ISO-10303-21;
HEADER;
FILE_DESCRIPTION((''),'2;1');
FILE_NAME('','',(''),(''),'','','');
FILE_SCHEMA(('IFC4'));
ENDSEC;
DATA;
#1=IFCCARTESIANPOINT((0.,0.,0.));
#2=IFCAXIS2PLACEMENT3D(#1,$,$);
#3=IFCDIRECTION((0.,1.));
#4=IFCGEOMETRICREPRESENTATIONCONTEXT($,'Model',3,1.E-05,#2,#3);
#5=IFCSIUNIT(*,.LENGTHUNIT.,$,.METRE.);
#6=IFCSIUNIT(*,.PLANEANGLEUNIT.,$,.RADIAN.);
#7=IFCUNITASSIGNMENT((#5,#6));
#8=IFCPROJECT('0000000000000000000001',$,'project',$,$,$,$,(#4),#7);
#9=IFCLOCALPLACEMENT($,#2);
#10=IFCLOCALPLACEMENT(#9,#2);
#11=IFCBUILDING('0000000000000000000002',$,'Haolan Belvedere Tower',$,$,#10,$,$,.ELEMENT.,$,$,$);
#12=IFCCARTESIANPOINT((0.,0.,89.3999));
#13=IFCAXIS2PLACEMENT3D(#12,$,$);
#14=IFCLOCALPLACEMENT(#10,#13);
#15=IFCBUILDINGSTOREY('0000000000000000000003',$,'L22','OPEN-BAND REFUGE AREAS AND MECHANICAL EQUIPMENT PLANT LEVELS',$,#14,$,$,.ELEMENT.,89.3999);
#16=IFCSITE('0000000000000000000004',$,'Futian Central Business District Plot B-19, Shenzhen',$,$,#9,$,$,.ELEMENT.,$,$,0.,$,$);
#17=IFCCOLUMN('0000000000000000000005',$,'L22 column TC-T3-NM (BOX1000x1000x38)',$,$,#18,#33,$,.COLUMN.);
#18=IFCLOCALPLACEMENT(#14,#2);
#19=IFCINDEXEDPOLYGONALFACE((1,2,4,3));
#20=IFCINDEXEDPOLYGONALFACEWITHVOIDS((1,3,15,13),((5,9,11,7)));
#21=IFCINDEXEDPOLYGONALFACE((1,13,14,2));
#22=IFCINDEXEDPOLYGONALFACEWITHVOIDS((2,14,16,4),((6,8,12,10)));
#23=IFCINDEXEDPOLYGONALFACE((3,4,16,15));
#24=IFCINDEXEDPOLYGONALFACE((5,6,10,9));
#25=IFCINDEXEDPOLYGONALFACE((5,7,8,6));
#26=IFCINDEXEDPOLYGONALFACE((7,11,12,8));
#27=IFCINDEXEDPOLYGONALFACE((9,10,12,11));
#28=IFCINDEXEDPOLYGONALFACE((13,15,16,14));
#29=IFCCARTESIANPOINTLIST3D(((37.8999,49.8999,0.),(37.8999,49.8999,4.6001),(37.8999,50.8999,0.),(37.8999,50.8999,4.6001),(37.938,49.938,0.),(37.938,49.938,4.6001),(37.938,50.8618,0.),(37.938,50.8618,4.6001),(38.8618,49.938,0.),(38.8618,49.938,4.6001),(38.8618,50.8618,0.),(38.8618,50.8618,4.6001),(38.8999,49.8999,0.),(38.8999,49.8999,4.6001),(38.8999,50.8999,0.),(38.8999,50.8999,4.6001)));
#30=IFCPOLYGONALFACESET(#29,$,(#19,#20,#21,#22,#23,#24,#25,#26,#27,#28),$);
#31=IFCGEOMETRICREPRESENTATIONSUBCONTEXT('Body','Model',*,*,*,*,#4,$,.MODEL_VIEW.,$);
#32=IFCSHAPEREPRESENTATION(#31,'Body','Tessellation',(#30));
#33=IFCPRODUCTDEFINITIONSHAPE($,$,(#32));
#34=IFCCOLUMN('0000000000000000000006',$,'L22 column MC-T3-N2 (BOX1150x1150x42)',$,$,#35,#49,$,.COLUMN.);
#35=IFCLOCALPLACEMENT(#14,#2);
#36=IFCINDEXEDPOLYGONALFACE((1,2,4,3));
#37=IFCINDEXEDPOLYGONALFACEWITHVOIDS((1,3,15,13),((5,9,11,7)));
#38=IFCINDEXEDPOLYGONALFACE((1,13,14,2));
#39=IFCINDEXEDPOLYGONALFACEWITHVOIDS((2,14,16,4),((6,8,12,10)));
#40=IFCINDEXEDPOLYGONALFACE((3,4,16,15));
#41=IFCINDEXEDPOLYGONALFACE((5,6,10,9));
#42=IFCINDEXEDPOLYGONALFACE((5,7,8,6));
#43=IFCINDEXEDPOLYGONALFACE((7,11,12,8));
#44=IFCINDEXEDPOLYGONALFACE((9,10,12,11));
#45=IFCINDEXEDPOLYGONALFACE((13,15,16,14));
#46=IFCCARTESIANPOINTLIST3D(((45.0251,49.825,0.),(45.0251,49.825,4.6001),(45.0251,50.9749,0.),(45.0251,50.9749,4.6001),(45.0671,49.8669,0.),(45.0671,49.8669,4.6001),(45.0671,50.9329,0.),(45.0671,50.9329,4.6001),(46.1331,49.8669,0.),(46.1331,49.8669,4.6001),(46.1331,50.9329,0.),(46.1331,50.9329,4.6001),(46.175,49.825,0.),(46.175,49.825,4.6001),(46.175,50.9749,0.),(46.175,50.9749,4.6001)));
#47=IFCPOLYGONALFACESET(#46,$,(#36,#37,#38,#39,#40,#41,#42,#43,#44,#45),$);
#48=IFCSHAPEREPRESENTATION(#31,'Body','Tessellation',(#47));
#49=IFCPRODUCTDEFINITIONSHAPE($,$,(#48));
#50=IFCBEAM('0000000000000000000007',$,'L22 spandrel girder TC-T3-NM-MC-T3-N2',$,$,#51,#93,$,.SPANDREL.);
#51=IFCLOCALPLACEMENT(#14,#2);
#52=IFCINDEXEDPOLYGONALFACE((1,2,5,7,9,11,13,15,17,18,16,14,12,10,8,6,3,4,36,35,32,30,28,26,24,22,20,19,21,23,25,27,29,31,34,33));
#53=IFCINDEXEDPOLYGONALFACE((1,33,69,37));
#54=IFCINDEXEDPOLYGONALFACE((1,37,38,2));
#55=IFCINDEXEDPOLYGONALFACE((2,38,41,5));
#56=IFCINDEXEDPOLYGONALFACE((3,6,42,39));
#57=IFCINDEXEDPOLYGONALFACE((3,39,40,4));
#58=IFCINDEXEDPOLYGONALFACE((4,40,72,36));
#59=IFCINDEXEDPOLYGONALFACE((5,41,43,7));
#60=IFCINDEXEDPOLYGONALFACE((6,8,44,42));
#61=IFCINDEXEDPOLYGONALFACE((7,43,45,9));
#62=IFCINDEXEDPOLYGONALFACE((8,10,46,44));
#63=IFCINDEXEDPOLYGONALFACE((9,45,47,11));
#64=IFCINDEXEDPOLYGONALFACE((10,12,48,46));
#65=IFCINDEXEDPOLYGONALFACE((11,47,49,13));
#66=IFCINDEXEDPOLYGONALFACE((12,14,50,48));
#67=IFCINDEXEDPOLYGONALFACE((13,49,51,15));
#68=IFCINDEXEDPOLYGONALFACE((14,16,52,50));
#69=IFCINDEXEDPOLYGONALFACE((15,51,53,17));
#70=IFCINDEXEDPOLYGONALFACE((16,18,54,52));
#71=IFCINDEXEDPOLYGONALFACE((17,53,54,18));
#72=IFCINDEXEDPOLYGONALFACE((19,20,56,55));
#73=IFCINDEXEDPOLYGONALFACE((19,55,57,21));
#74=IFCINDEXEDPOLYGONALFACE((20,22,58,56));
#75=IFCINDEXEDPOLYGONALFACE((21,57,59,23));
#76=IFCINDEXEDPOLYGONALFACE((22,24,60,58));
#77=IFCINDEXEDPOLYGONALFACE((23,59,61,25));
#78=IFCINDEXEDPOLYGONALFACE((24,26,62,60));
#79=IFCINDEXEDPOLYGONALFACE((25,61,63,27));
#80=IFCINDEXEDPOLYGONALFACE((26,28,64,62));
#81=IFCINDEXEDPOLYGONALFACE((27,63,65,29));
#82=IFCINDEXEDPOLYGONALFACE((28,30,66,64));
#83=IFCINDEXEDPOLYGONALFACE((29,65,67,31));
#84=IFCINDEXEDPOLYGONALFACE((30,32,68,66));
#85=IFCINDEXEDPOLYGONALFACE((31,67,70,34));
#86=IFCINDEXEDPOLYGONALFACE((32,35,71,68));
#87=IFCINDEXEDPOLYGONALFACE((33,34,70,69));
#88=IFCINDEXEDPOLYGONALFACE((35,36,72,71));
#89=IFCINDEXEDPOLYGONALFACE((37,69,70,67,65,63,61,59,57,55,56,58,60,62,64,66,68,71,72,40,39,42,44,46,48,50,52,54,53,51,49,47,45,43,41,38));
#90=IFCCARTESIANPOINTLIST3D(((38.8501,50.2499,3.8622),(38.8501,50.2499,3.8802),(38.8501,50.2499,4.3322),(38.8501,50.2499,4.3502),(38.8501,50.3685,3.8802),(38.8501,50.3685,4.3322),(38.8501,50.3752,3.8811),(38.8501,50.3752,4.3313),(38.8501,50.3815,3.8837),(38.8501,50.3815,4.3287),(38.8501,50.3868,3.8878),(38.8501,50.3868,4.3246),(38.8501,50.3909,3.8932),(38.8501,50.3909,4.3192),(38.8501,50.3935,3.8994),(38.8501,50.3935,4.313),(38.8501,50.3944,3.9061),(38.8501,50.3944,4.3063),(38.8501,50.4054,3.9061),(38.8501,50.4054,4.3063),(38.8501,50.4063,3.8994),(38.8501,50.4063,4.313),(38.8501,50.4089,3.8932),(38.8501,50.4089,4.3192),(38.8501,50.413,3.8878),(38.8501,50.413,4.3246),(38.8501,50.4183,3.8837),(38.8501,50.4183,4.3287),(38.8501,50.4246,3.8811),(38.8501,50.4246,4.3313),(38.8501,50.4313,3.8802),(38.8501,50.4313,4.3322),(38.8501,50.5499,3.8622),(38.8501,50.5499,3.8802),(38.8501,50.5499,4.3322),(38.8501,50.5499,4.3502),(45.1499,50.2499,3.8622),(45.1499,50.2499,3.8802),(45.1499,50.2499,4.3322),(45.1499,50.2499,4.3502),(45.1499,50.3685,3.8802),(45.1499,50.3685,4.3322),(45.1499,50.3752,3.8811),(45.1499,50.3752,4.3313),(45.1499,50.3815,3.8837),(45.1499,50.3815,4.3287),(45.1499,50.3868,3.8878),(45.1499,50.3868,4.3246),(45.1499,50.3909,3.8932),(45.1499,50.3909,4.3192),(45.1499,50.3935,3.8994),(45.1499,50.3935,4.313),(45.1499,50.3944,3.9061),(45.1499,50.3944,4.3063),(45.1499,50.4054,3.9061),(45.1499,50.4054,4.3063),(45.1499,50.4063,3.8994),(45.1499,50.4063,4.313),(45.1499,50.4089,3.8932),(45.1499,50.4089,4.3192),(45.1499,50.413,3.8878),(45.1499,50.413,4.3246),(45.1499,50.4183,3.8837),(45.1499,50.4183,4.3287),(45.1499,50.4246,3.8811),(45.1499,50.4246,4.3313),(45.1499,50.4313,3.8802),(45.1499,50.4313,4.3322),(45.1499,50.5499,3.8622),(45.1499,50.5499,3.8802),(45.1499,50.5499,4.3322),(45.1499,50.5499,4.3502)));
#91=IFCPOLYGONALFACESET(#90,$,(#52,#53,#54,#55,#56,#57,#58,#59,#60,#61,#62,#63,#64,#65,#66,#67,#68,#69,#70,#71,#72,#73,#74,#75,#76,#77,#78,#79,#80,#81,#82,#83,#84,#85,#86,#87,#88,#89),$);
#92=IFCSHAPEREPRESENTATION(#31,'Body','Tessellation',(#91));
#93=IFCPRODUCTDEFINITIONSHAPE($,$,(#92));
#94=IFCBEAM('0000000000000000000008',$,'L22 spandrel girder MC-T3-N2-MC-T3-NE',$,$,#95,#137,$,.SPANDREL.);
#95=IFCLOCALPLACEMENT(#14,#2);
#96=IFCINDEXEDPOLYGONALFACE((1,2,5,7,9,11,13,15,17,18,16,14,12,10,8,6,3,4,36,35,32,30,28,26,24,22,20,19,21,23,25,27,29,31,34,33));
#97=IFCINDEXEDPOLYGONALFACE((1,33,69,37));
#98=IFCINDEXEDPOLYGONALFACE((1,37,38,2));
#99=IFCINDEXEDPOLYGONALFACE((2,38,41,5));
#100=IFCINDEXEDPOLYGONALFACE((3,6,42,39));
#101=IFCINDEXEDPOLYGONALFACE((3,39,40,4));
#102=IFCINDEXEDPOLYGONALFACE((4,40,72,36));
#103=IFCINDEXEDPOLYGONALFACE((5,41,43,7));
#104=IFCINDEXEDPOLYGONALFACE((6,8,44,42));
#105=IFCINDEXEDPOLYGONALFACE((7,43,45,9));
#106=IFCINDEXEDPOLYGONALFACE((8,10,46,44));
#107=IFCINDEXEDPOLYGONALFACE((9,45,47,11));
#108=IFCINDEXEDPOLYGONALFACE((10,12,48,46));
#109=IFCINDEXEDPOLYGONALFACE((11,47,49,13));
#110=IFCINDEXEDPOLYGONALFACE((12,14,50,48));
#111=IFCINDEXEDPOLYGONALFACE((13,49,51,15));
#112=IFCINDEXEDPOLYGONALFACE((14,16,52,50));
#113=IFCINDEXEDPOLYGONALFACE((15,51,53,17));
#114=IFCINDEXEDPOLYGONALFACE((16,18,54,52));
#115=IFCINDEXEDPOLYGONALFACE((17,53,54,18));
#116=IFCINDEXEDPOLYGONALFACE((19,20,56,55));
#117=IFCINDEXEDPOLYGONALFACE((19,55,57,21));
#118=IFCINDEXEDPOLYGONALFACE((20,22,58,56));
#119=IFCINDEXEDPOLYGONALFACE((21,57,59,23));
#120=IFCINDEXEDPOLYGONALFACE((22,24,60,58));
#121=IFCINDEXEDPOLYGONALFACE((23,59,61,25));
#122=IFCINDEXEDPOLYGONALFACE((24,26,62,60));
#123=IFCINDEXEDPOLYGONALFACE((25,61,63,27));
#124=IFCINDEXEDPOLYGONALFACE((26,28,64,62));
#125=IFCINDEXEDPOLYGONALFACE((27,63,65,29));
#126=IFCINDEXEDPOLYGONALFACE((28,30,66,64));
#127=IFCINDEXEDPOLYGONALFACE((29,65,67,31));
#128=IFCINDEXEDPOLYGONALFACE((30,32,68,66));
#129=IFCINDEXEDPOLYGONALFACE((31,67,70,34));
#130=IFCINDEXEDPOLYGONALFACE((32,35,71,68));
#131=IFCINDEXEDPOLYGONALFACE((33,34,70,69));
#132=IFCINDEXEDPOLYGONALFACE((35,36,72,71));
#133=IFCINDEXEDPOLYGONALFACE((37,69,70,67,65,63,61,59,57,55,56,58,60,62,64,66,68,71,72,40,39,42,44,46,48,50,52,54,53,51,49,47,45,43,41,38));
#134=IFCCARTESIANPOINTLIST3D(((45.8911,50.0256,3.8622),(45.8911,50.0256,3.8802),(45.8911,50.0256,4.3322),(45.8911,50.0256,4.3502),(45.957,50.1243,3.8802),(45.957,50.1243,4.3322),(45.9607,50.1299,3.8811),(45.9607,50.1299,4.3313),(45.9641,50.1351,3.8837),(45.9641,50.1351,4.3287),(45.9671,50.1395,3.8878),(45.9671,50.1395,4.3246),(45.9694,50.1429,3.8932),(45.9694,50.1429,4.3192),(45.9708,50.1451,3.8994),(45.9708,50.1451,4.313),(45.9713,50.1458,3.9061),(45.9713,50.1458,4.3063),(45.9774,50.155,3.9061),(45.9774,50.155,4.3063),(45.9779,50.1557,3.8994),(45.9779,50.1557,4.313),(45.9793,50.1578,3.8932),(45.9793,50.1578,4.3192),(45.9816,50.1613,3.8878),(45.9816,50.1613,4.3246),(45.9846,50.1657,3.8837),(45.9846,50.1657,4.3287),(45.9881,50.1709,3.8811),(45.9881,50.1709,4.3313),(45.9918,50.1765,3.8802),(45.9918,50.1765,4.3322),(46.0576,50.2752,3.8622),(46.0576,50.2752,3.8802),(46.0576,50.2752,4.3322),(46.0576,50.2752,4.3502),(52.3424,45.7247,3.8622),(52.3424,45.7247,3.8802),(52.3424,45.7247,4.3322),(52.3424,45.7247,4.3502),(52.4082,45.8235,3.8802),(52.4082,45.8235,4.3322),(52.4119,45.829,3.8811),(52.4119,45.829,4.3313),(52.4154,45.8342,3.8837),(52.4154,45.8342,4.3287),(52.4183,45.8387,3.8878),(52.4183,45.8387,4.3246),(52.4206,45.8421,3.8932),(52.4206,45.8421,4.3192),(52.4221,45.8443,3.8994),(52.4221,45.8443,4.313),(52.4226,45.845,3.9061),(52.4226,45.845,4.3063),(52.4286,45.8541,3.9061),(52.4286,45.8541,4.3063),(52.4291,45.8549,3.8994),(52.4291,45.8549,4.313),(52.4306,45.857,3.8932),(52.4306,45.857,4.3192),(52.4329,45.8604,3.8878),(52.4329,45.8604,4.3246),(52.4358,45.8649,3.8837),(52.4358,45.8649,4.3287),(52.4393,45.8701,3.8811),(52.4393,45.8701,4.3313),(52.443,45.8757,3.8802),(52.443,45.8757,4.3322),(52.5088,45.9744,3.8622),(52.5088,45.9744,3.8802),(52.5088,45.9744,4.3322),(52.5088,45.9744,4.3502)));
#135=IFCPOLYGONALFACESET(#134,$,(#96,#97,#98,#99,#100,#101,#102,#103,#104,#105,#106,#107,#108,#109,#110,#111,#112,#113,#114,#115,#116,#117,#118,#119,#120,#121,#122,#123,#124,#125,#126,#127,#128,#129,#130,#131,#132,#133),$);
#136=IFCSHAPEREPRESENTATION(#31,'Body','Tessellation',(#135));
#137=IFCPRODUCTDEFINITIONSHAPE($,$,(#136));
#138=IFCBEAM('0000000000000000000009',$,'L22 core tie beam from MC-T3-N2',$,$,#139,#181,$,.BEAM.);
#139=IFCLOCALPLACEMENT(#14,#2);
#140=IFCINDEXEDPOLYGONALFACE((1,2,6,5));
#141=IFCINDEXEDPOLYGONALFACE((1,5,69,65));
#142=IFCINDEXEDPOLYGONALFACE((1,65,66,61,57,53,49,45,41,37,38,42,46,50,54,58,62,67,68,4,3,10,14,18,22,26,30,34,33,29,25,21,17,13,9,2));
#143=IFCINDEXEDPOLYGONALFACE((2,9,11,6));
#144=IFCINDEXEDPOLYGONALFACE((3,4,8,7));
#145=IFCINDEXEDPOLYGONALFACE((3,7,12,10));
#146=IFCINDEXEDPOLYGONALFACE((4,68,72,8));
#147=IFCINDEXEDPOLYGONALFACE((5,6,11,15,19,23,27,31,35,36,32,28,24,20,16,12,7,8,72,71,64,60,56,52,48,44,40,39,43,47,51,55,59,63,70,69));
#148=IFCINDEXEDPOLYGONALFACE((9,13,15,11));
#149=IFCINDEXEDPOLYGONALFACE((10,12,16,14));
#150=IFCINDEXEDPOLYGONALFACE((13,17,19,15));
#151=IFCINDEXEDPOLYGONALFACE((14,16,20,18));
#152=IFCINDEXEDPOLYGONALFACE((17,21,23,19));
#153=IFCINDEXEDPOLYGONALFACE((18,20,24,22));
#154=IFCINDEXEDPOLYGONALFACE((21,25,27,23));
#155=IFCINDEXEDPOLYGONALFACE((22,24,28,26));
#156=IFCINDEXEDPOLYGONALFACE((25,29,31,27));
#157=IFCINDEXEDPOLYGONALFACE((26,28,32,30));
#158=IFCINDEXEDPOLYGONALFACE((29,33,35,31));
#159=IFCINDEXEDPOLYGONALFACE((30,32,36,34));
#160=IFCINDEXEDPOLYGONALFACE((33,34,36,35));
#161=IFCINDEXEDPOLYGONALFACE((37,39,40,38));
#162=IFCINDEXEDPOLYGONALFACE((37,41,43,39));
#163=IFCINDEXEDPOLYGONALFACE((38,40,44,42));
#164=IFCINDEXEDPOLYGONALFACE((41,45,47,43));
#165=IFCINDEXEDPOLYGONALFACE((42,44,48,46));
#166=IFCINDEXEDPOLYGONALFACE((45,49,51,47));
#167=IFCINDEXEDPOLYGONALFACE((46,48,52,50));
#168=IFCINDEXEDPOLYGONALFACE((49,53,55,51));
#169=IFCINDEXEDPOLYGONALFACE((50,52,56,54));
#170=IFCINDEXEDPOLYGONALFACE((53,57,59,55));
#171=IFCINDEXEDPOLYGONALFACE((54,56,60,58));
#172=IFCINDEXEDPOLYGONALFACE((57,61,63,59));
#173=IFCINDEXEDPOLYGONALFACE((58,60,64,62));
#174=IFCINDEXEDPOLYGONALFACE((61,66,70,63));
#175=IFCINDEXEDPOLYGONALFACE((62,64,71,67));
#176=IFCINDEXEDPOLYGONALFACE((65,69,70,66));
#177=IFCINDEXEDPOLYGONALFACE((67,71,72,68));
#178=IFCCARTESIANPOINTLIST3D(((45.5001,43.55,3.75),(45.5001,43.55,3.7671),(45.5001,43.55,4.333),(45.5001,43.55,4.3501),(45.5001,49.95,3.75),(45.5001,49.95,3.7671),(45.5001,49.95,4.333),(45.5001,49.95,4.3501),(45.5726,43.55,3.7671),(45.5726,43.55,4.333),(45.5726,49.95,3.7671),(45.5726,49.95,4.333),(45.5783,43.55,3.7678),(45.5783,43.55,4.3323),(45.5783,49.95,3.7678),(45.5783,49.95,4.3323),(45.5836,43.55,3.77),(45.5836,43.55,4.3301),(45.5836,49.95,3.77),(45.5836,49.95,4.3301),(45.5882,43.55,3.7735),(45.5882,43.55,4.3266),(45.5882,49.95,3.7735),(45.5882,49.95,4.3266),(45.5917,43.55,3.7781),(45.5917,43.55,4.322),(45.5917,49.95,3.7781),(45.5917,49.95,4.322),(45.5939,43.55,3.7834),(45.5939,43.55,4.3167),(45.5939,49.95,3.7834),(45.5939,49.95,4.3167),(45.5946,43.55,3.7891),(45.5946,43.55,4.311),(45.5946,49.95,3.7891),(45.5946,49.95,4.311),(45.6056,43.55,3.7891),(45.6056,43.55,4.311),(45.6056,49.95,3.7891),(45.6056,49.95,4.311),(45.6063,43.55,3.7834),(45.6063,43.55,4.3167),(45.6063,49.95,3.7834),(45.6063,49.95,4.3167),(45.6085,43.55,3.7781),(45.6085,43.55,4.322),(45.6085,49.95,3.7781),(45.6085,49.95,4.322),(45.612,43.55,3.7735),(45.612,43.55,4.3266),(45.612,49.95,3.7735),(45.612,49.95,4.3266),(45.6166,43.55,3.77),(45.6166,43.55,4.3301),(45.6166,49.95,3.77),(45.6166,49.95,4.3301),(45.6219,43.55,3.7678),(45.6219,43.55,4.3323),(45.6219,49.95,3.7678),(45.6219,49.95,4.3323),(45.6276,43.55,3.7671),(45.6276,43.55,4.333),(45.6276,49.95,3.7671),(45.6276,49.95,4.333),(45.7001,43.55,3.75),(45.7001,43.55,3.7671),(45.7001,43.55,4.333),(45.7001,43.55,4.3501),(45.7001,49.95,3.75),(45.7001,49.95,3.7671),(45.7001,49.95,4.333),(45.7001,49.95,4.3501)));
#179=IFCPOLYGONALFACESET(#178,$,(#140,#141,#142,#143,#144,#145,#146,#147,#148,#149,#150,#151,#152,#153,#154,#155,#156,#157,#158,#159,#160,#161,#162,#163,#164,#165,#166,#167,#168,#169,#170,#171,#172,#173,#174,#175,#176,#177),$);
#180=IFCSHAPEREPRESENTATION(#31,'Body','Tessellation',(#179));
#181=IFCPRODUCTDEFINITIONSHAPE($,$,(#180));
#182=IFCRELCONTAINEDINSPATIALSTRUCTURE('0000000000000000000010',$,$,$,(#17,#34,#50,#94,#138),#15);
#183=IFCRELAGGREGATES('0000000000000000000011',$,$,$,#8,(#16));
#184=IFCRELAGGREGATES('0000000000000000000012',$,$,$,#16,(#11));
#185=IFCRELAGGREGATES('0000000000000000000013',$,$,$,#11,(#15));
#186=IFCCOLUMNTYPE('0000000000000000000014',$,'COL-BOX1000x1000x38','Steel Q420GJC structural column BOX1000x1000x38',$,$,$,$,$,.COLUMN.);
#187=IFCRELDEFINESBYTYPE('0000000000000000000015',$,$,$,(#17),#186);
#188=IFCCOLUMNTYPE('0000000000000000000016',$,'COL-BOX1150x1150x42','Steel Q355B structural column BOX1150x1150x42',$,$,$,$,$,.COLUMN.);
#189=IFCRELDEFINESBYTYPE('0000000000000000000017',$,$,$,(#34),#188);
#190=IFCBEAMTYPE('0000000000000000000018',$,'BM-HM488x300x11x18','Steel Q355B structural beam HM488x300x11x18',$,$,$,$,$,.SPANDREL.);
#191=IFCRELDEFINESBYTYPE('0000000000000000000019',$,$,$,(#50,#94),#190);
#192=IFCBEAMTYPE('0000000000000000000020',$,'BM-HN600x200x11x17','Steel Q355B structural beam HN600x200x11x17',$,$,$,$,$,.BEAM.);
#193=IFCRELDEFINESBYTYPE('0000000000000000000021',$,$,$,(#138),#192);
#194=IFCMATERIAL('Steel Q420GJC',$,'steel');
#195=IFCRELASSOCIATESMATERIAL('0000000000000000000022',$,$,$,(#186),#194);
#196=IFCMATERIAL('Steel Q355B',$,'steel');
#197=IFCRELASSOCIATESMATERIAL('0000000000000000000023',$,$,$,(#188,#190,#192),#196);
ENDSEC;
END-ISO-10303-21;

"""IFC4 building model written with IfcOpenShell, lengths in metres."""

from ifc_helpers import new_model, si_unit, direction, frame, origin, origin_2d, place, context, subcontext, project, spatial, hollow_rectangle, i_section, extrude, material, material_profile, profile_set, type_object, element, save


model = new_model("IFC4")

# Units and contexts
model_context = context("Model", 3, precision=1e-05, world=origin(), true_north=direction((0.0, 1.0)))
body_context = subcontext(model_context, "Body", "Model", "MODEL_VIEW")
ifc_project = project(units=[si_unit("LENGTHUNIT", "METRE"), si_unit("PLANEANGLEUNIT", "RADIAN")], contexts=[model_context])

# Site, building, storey
site_placement = place(None, origin())
site = spatial("IfcSite", under=ifc_project, at=site_placement, Name="Futian Central Business District Plot B-19, Shenzhen", CompositionType="ELEMENT", RefElevation=0.0)
building_placement = place(site_placement, origin())
building = spatial("IfcBuilding", under=site, at=building_placement, Name="Haolan Belvedere Tower", CompositionType="ELEMENT")
storey_placement = place(building_placement, frame((0.0, 0.0, 89.3999)))
storey = spatial("IfcBuildingStorey", under=building, at=storey_placement, Name="L22", Description="OPEN-BAND REFUGE AREAS AND MECHANICAL EQUIPMENT PLANT LEVELS", CompositionType="ELEMENT", Elevation=89.3999)

# Columns
ifc_material_1 = material(Name="Steel Q420GJC", Category="steel")
ifc_material_profile_1 = material_profile(ifc_material_1, hollow_rectangle(XDim=1.0, YDim=1.0, WallThickness=0.0381, at=origin_2d()), Name="Steel Q420GJC")
ifc_profile_set_1 = profile_set([ifc_material_profile_1], Name="Steel Q420GJC")
column_type_1 = type_object("IfcColumnType", Name="COL-BOX1000x1000x38", Description="Steel Q420GJC structural column BOX1000x1000x38", PredefinedType="COLUMN", material=ifc_profile_set_1)
column_1_placement = place(storey_placement, frame((38.3999, 50.3999, 0.0), z_axis=(0.0, 0.0, 1.0), x_axis=(1.0, 0.0, 0.0)))
element("IfcColumn", 1, at=column_1_placement, inside=storey, type_object=column_type_1, Name="L22 column TC-T3-NM (BOX1000x1000x38)", PredefinedType="COLUMN", context=body_context, shape_type="SweptSolid", body=[
    extrude(hollow_rectangle(XDim=1.0, YDim=1.0, WallThickness=0.0381, at=origin_2d()), origin(), (0.0, 0.0, 1.0), 4.6001),
])
ifc_material_2 = material(Name="Steel Q355B", Category="steel")
ifc_material_profile_2 = material_profile(ifc_material_2, hollow_rectangle(XDim=1.1499, YDim=1.1499, WallThickness=0.042, at=origin_2d()), Name="Steel Q355B")
ifc_profile_set_2 = profile_set([ifc_material_profile_2], Name="Steel Q355B")
column_type_2 = type_object("IfcColumnType", Name="COL-BOX1150x1150x42", Description="Steel Q355B structural column BOX1150x1150x42", PredefinedType="COLUMN", material=ifc_profile_set_2)
column_2_placement = place(storey_placement, frame((45.6001, 50.3999, 0.0), z_axis=(0.0, 0.0, 1.0), x_axis=(1.0, 0.0, 0.0)))
element("IfcColumn", 2, at=column_2_placement, inside=storey, type_object=column_type_2, Name="L22 column MC-T3-N2 (BOX1150x1150x42)", PredefinedType="COLUMN", context=body_context, shape_type="SweptSolid", body=[
    extrude(hollow_rectangle(XDim=1.1499, YDim=1.1499, WallThickness=0.042, at=origin_2d()), origin(), (0.0, 0.0, 1.0), 4.6001),
])

# Beams
ifc_material_profile_3 = material_profile(ifc_material_2, i_section(OverallWidth=0.3, OverallDepth=0.488, WebThickness=0.011, FlangeThickness=0.0181, FilletRadius=0.0259, at=origin_2d()), Name="Steel Q355B")
ifc_profile_set_3 = profile_set([ifc_material_profile_3], Name="Steel Q355B")
beam_type_1 = type_object("IfcBeamType", Name="BM-HM488x300x11x18", Description="Steel Q355B structural beam HM488x300x11x18", PredefinedType="SPANDREL", material=ifc_profile_set_3)
beam_1_placement = place(storey_placement, frame((38.8501, 50.3999, 4.1062), z_axis=(1.0, 0.0, 0.0), x_axis=(0.0, 1.0, 0.0)))
element("IfcBeam", 3, at=beam_1_placement, inside=storey, type_object=beam_type_1, Name="L22 spandrel girder TC-T3-NM-MC-T3-N2", PredefinedType="SPANDREL", context=body_context, shape_type="SweptSolid", body=[
    extrude(i_section(OverallWidth=0.3, OverallDepth=0.488, WebThickness=0.011, FlangeThickness=0.0181, FilletRadius=0.0259, at=origin_2d()), origin(), (0.0, 0.0, 1.0), 6.2998),
])
beam_2_placement = place(storey_placement, frame((45.9744, 50.1504, 4.1062), z_axis=(0.83205, -0.5547, 0.0), x_axis=(0.5547, 0.83205, 0.0)))
element("IfcBeam", 4, at=beam_2_placement, inside=storey, type_object=beam_type_1, Name="L22 spandrel girder MC-T3-N2-MC-T3-NE", PredefinedType="SPANDREL", context=body_context, shape_type="SweptSolid", body=[
    extrude(i_section(OverallWidth=0.3, OverallDepth=0.488, WebThickness=0.011, FlangeThickness=0.0181, FilletRadius=0.0259, at=origin_2d()), origin(), (0.0, 0.0, 1.0), 7.7534),
])
ifc_material_profile_4 = material_profile(ifc_material_2, i_section(OverallWidth=0.2, OverallDepth=0.6001, WebThickness=0.011, FlangeThickness=0.0171, FilletRadius=0.022, at=origin_2d()), Name="Steel Q355B")
ifc_profile_set_4 = profile_set([ifc_material_profile_4], Name="Steel Q355B")
beam_type_2 = type_object("IfcBeamType", Name="BM-HN600x200x11x17", Description="Steel Q355B structural beam HN600x200x11x17", PredefinedType="BEAM", material=ifc_profile_set_4)
beam_3_placement = place(storey_placement, frame((45.6001, 49.95, 4.05), z_axis=(0.0, -1.0, 0.0), x_axis=(1.0, 0.0, 0.0)))
element("IfcBeam", 5, at=beam_3_placement, inside=storey, type_object=beam_type_2, Name="L22 core tie beam from MC-T3-N2", PredefinedType="BEAM", context=body_context, shape_type="SweptSolid", body=[
    extrude(i_section(OverallWidth=0.2, OverallDepth=0.6001, WebThickness=0.011, FlangeThickness=0.0171, FilletRadius=0.022, at=origin_2d()), origin(), (0.0, 0.0, 1.0), 6.3999),
])

save(model, "model.ifc")
